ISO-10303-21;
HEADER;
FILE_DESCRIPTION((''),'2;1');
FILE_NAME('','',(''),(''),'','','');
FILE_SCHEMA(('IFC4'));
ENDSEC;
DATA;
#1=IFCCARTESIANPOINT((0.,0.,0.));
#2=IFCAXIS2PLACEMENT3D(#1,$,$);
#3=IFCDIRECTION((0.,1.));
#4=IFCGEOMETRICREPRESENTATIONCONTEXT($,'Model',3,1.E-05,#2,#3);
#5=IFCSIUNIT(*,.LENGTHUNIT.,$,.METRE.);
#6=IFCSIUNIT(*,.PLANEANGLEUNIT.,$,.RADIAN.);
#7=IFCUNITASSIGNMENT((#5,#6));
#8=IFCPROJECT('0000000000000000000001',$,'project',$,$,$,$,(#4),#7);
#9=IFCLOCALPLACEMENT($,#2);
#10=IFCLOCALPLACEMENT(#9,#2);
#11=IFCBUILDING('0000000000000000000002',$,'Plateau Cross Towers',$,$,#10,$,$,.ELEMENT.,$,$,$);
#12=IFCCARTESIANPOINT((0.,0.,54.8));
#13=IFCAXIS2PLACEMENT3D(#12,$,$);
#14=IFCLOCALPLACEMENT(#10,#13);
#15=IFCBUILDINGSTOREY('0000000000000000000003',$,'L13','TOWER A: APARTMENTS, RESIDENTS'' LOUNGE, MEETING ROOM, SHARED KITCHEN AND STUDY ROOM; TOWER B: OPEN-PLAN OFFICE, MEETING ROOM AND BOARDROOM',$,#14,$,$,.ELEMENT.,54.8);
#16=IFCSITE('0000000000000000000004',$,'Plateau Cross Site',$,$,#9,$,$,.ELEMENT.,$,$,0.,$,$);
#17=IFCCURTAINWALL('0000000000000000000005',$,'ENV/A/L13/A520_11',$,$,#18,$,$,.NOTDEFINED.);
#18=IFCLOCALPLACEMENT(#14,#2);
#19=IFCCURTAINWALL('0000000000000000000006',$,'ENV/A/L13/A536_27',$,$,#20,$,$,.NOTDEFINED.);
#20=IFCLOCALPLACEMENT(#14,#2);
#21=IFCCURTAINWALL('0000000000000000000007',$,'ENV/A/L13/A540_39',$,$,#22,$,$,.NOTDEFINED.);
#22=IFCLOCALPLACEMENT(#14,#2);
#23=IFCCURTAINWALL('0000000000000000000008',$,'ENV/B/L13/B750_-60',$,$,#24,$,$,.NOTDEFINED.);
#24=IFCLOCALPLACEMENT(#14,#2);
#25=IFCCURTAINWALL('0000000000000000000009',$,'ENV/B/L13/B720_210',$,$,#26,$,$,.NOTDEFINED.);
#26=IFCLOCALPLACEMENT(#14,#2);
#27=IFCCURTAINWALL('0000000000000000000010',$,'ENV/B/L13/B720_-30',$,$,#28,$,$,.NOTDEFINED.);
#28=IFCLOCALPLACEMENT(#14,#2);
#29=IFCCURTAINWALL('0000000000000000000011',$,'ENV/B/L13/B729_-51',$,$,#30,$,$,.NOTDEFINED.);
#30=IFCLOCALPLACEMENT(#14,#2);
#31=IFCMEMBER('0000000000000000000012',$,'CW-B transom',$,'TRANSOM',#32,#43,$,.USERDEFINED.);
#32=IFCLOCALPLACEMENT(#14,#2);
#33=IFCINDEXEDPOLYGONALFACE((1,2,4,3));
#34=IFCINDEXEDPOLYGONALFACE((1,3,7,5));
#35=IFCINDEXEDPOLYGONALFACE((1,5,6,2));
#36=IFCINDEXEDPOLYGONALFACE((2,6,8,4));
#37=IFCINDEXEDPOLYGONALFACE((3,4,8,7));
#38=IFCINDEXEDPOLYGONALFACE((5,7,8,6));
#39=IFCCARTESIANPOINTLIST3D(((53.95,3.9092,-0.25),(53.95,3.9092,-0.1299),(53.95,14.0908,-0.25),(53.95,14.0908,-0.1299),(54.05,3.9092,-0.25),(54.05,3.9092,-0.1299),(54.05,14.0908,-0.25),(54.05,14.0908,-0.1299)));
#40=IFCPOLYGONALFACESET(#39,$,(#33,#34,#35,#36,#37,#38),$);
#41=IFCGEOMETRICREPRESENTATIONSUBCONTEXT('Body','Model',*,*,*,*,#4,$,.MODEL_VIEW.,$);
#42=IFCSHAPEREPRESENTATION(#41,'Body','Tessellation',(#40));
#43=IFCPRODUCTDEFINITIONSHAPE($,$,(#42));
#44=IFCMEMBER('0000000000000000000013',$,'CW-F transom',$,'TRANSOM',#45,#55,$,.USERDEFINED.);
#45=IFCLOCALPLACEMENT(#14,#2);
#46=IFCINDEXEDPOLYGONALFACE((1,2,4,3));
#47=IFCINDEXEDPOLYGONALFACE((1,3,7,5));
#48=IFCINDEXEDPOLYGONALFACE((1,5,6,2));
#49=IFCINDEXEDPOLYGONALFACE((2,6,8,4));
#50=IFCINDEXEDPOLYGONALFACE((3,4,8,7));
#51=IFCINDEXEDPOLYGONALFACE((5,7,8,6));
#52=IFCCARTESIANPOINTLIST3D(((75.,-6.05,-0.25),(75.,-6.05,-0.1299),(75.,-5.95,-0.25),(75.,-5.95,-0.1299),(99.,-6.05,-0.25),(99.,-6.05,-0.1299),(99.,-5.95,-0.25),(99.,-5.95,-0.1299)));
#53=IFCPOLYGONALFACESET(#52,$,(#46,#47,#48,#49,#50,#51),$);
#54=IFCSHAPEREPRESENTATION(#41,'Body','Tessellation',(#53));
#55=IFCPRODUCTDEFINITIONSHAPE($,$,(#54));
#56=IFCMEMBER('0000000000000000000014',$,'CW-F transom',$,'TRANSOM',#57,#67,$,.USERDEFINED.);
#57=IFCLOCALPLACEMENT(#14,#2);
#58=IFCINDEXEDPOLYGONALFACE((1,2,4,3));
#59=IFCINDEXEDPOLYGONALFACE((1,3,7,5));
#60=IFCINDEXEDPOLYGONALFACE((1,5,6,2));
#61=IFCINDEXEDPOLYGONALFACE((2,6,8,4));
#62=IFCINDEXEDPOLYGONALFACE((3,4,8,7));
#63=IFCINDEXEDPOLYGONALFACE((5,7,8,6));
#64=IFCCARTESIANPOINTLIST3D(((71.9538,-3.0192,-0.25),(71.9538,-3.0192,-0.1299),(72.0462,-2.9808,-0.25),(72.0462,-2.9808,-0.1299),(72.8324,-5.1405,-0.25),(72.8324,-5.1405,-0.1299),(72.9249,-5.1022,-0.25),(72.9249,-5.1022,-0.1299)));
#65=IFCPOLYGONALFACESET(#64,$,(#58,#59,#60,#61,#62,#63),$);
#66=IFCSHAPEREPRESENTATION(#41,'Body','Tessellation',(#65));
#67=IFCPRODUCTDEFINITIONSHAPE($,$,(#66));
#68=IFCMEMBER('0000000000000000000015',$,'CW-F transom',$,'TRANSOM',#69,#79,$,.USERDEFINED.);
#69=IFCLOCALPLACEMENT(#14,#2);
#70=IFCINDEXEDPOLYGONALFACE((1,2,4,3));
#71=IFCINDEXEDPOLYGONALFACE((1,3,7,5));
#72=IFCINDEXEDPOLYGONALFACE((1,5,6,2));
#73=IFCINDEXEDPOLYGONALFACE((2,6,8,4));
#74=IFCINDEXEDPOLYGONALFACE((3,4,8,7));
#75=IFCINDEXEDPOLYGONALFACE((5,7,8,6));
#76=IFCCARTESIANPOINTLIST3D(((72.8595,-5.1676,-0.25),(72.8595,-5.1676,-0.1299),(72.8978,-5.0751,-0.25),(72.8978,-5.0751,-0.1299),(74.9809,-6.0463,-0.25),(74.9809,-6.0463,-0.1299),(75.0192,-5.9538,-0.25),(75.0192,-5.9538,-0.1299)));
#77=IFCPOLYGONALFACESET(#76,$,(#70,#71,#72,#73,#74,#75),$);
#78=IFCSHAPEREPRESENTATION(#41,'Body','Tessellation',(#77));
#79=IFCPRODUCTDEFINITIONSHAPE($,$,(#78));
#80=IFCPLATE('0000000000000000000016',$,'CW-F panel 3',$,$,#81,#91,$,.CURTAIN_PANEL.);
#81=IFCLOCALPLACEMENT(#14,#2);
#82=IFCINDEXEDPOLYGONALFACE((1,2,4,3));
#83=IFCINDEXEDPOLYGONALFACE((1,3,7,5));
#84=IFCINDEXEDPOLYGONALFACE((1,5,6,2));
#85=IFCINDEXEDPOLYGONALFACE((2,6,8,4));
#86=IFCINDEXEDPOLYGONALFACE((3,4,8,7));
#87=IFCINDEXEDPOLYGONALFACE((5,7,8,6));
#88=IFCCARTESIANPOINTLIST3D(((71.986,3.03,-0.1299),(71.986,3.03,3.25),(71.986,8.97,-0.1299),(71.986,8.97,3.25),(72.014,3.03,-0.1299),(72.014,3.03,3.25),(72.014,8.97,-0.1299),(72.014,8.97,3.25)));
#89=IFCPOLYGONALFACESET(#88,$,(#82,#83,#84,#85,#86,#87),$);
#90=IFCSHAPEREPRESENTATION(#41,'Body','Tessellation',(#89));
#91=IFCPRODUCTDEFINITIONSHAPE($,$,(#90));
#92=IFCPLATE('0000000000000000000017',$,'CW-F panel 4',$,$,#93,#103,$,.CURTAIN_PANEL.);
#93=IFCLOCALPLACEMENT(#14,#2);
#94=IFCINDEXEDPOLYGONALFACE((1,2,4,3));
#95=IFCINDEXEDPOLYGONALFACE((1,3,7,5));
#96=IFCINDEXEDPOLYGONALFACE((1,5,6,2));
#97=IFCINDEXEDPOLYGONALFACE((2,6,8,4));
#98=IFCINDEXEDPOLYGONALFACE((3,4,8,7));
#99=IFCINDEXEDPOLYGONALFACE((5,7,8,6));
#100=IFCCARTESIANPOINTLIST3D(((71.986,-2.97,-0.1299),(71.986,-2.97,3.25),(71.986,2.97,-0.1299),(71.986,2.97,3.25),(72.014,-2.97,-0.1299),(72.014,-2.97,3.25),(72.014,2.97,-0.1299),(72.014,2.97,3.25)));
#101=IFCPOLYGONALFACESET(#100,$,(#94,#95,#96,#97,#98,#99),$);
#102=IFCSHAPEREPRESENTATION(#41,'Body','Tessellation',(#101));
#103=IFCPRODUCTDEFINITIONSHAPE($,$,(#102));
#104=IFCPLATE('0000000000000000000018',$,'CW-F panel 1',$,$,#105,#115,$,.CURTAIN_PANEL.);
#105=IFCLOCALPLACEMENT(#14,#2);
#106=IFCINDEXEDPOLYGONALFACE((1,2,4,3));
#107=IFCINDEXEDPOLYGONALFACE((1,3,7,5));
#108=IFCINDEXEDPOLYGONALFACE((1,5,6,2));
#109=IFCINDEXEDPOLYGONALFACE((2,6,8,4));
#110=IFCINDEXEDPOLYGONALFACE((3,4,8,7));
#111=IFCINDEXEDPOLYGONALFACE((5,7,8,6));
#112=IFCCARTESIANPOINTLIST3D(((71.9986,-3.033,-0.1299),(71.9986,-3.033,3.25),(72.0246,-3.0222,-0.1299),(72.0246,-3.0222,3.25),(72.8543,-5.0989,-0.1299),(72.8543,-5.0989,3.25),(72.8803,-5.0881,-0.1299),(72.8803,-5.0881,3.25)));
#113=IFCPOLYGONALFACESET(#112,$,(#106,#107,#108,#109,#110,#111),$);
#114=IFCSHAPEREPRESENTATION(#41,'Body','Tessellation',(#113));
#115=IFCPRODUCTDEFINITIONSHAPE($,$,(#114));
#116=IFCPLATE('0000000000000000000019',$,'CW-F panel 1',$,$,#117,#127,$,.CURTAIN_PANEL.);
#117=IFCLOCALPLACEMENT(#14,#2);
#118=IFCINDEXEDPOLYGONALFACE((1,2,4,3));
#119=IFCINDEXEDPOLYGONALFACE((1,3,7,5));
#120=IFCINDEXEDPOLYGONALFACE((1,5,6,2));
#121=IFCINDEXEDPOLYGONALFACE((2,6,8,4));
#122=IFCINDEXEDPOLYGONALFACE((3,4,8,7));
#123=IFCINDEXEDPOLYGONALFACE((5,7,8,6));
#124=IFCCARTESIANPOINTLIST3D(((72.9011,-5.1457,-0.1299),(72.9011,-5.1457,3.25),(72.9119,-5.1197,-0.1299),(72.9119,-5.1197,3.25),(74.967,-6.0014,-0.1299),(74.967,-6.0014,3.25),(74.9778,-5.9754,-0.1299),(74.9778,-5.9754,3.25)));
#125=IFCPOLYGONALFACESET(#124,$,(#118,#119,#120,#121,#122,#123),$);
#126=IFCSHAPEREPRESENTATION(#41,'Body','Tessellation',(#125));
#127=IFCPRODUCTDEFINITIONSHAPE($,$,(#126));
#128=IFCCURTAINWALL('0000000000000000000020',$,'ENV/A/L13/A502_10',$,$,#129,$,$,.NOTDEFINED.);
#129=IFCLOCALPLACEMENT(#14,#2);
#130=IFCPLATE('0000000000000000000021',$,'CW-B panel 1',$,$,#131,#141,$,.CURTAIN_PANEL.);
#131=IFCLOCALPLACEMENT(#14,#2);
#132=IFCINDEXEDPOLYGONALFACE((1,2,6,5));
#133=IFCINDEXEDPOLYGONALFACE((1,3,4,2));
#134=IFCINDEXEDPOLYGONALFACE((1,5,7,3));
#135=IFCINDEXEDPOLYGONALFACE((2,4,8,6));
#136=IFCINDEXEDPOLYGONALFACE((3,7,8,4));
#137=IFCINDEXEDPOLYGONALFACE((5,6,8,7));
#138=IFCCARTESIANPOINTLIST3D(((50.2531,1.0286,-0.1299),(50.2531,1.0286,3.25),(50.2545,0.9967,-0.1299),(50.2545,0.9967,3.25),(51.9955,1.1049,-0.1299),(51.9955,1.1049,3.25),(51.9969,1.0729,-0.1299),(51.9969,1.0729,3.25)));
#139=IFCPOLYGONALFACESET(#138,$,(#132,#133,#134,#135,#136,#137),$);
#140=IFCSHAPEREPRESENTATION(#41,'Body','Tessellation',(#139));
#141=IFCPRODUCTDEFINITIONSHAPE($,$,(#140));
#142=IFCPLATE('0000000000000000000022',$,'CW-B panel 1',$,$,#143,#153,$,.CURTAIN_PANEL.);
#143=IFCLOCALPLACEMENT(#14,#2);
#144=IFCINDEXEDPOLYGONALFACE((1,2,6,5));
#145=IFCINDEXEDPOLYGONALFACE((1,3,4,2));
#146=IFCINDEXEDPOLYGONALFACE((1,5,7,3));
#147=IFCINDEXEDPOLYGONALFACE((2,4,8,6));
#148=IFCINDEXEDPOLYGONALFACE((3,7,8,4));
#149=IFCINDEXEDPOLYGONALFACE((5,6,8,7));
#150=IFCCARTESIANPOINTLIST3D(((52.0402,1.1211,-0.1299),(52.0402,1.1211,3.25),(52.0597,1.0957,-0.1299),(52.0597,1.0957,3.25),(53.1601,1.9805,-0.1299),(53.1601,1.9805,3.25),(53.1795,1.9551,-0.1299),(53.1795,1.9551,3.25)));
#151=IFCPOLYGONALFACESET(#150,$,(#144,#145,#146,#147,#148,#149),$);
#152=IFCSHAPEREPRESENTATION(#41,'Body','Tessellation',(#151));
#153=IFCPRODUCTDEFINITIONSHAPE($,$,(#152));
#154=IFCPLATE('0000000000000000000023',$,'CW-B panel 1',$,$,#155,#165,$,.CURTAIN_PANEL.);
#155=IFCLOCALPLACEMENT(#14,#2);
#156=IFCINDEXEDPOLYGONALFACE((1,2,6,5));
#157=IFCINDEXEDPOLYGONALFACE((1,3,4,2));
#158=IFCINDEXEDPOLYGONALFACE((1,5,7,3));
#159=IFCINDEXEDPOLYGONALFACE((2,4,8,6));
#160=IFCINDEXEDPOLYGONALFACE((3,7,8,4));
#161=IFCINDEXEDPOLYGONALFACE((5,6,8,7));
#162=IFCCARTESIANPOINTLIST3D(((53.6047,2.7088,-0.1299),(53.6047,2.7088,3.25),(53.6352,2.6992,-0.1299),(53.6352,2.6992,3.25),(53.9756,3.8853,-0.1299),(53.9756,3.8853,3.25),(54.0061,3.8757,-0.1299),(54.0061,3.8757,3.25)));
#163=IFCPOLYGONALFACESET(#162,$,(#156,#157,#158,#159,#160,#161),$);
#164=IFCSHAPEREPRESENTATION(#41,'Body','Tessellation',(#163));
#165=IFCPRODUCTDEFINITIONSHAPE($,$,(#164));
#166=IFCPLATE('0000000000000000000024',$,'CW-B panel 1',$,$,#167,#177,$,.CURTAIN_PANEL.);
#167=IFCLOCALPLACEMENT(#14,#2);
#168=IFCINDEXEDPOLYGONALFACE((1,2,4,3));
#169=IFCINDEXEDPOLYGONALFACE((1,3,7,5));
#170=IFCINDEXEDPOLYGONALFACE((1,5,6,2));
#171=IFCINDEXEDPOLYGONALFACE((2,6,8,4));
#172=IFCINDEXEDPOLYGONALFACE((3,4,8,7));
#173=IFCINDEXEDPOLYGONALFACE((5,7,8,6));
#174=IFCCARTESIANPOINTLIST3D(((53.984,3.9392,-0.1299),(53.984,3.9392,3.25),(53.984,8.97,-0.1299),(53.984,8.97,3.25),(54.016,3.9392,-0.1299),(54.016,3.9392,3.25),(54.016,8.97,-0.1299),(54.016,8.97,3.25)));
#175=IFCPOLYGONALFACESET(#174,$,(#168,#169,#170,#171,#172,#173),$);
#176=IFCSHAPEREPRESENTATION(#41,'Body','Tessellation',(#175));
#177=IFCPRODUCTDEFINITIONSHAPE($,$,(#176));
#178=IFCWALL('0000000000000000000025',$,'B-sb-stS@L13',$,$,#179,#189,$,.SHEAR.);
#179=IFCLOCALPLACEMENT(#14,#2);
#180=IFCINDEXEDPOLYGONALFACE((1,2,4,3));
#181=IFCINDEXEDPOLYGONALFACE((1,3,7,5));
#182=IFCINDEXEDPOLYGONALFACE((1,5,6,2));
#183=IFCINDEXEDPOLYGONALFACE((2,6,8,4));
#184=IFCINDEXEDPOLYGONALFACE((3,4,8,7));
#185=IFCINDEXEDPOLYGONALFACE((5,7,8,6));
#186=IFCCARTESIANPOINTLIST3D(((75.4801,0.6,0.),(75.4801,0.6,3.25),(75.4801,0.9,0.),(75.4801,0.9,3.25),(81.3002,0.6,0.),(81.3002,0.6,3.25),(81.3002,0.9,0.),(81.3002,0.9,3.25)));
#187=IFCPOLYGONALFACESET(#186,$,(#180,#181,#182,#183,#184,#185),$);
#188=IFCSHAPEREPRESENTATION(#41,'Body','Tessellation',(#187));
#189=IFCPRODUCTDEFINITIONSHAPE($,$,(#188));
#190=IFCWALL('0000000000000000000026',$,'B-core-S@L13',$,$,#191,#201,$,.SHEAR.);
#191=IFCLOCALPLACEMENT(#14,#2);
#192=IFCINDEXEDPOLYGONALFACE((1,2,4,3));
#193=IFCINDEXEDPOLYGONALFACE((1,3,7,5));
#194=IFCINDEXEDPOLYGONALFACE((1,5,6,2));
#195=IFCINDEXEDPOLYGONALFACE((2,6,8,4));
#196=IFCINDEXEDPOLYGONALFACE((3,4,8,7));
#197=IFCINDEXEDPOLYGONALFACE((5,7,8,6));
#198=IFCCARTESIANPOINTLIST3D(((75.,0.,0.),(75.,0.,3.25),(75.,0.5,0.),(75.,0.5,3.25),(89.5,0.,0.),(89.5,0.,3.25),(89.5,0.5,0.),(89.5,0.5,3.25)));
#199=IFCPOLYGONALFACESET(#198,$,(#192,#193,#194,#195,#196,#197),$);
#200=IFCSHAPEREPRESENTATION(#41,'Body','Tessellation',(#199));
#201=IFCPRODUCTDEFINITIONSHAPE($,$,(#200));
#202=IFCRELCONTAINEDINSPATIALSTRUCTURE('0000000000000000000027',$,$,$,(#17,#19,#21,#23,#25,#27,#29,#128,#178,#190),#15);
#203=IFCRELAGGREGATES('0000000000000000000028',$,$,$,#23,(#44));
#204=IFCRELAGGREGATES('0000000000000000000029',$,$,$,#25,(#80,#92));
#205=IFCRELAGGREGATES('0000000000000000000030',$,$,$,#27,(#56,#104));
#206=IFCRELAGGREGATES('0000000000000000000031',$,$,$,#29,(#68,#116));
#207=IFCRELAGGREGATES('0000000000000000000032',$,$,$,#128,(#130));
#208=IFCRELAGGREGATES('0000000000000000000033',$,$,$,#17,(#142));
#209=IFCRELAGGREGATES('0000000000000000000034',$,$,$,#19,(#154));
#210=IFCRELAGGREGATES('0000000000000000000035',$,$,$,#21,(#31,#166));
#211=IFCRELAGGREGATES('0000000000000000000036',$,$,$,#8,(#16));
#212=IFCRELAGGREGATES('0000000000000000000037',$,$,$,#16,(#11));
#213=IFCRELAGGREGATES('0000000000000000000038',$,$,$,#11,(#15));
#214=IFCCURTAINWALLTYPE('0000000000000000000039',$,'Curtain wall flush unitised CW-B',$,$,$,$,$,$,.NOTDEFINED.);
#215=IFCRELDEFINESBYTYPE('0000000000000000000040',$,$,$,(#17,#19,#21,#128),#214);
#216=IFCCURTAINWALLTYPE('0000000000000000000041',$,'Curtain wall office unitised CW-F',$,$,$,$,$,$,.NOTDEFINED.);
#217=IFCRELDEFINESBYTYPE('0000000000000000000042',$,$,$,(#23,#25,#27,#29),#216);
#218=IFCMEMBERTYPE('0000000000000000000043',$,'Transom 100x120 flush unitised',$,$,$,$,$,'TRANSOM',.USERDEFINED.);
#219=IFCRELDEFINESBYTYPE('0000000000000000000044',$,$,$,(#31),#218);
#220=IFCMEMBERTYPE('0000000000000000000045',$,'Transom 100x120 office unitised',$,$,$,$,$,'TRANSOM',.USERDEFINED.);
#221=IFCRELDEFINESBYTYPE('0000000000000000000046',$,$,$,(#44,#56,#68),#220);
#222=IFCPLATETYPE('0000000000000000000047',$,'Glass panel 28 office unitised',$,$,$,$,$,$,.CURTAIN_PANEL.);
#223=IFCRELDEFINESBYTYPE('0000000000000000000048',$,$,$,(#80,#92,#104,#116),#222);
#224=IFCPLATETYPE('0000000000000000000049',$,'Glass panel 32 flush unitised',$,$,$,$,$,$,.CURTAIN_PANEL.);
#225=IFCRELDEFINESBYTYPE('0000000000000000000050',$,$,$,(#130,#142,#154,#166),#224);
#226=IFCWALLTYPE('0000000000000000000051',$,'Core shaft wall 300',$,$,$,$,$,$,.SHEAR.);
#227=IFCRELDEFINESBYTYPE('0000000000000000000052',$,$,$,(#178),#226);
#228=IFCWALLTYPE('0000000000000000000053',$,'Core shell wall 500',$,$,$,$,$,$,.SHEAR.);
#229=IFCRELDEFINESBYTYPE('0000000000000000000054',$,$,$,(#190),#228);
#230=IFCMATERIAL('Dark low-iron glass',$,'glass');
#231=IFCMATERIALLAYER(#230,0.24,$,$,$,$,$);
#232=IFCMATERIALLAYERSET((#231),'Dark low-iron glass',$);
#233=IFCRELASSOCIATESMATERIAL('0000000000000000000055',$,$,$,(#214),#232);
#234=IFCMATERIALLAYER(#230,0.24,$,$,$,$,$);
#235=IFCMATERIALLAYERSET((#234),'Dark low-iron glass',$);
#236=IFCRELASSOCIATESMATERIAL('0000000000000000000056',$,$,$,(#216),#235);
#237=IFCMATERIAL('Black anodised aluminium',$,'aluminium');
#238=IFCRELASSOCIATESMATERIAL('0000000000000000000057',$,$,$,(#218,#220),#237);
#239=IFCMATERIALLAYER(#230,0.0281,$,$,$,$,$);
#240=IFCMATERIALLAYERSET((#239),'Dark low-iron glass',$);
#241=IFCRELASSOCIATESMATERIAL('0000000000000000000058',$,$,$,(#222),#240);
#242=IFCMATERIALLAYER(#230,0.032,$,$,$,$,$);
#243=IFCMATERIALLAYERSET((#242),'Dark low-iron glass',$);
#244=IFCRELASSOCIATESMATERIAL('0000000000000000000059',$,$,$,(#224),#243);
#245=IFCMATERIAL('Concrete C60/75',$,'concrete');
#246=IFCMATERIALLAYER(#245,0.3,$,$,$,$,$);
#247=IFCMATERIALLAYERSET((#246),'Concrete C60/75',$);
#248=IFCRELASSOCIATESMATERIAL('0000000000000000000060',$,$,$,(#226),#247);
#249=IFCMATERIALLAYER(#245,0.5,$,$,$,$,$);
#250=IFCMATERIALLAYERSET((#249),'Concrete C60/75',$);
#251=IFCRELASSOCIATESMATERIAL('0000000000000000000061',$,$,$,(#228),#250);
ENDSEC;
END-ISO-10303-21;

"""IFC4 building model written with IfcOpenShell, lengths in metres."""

from ifc_helpers import new_model, si_unit, direction, frame, frame_2d, origin, origin_2d, place, context, subcontext, project, spatial, rectangle, extrude, material, layer, layer_set, material_profile, profile_set, type_object, element, aggregate, save


model = new_model("IFC4")

# Units and contexts
model_context = context("Model", 3, precision=1e-05, world=origin(), true_north=direction((0.0, 1.0)))
body_context = subcontext(model_context, "Body", "Model", "MODEL_VIEW")
ifc_project = project(units=[si_unit("LENGTHUNIT", "METRE"), si_unit("PLANEANGLEUNIT", "RADIAN")], contexts=[model_context])

# Site, building, storey
site_placement = place(None, origin())
site = spatial("IfcSite", under=ifc_project, at=site_placement, Name="Plateau Cross Site", CompositionType="ELEMENT", RefElevation=0.0)
building_placement = place(site_placement, origin())
building = spatial("IfcBuilding", under=site, at=building_placement, Name="Plateau Cross Towers", CompositionType="ELEMENT")
storey_placement = place(building_placement, frame((0.0, 0.0, 54.8)))
storey = spatial("IfcBuildingStorey", under=building, at=storey_placement, Name="L13", Description="TOWER A: APARTMENTS, RESIDENTS' LOUNGE, MEETING ROOM, SHARED KITCHEN AND STUDY ROOM; TOWER B: OPEN-PLAN OFFICE, MEETING ROOM AND BOARDROOM", CompositionType="ELEMENT", Elevation=54.8)

# Shared definitions
ifc_material_1 = material(Name="Concrete C60/75", Category="concrete")

# Curtain wall
ifc_material_2 = material(Name="Dark low-iron glass", Category="glass")
ifc_layer_1 = layer(ifc_material_2, 0.24)
ifc_layer_set_1 = layer_set([ifc_layer_1], Name="Dark low-iron glass")
curtain_wall_type_1 = type_object("IfcCurtainWallType", Name="Curtain wall flush unitised CW-B", PredefinedType="NOTDEFINED", material=ifc_layer_set_1)
curtain_wall_1_placement = place(storey_placement, origin())
curtain_wall_1 = element("IfcCurtainWall", 1, at=curtain_wall_1_placement, inside=storey, type_object=curtain_wall_type_1, Name="ENV/A/L13/A520_11", PredefinedType="NOTDEFINED")
ifc_material_3 = material(Name="Black anodised aluminium", Category="aluminium")

# Curtain walls
curtain_wall_2_placement = place(storey_placement, origin())
curtain_wall_2 = element("IfcCurtainWall", 2, at=curtain_wall_2_placement, inside=storey, type_object=curtain_wall_type_1, Name="ENV/A/L13/A536_27", PredefinedType="NOTDEFINED")
curtain_wall_3_placement = place(storey_placement, origin())
curtain_wall_3 = element("IfcCurtainWall", 3, at=curtain_wall_3_placement, inside=storey, type_object=curtain_wall_type_1, Name="ENV/A/L13/A540_39", PredefinedType="NOTDEFINED")
ifc_layer_2 = layer(ifc_material_2, 0.24)
ifc_layer_set_2 = layer_set([ifc_layer_2], Name="Dark low-iron glass")
curtain_wall_type_2 = type_object("IfcCurtainWallType", Name="Curtain wall office unitised CW-F", PredefinedType="NOTDEFINED", material=ifc_layer_set_2)
curtain_wall_4_placement = place(storey_placement, origin())
curtain_wall_4 = element("IfcCurtainWall", 4, at=curtain_wall_4_placement, inside=storey, type_object=curtain_wall_type_2, Name="ENV/B/L13/B750_-60", PredefinedType="NOTDEFINED")
curtain_wall_5_placement = place(storey_placement, origin())
curtain_wall_5 = element("IfcCurtainWall", 5, at=curtain_wall_5_placement, inside=storey, type_object=curtain_wall_type_2, Name="ENV/B/L13/B720_210", PredefinedType="NOTDEFINED")
curtain_wall_6_placement = place(storey_placement, origin())
curtain_wall_6 = element("IfcCurtainWall", 6, at=curtain_wall_6_placement, inside=storey, type_object=curtain_wall_type_2, Name="ENV/B/L13/B720_-30", PredefinedType="NOTDEFINED")
curtain_wall_7_placement = place(storey_placement, origin())
curtain_wall_7 = element("IfcCurtainWall", 7, at=curtain_wall_7_placement, inside=storey, type_object=curtain_wall_type_2, Name="ENV/B/L13/B729_-51", PredefinedType="NOTDEFINED")

# Members
ifc_material_profile_1 = material_profile(ifc_material_3, rectangle(XDim=0.1001, YDim=0.1201, at=origin_2d()), Name="TRANSOM 100x120")
ifc_profile_set_1 = profile_set([ifc_material_profile_1], Name="Black anodised aluminium")
member_type_1 = type_object("IfcMemberType", Name="Transom 100x120 flush unitised", ElementType="TRANSOM", PredefinedType="USERDEFINED", material=ifc_profile_set_1)
member_1_placement = place(storey_placement, frame((54.0, 3.9092, -0.1899), z_axis=(0.0, 1.0, 0.0), x_axis=(-1.0, 0.0, 0.0)))
member_1 = element("IfcMember", 8, at=member_1_placement, type_object=member_type_1, Name="CW-B transom", ObjectType="TRANSOM", PredefinedType="USERDEFINED", context=body_context, shape_type="SweptSolid", body=[
    extrude(rectangle(XDim=0.1001, YDim=0.1201, at=origin_2d()), origin(), (0.0, 0.0, 1.0), 10.1816),
])
ifc_material_profile_2 = material_profile(ifc_material_3, rectangle(XDim=0.1001, YDim=0.1201, at=origin_2d()), Name="TRANSOM 100x120")
ifc_profile_set_2 = profile_set([ifc_material_profile_2], Name="Black anodised aluminium")
member_type_2 = type_object("IfcMemberType", Name="Transom 100x120 office unitised", ElementType="TRANSOM", PredefinedType="USERDEFINED", material=ifc_profile_set_2)
member_2_placement = place(storey_placement, frame((75.0, -6.0, -0.1899), z_axis=(1.0, 0.0, 0.0), x_axis=(0.0, 1.0, 0.0)))
member_2 = element("IfcMember", 9, at=member_2_placement, type_object=member_type_2, Name="CW-F transom", ObjectType="TRANSOM", PredefinedType="USERDEFINED", context=body_context, shape_type="SweptSolid", body=[
    extrude(rectangle(XDim=0.1001, YDim=0.1201, at=origin_2d()), origin(), (0.0, 0.0, 1.0), 24.0),
])
aggregate(curtain_wall_4, [member_2])
member_3_placement = place(storey_placement, frame((72.0, -3.0, -0.1899), z_axis=(0.382674, -0.923883, 0.0), x_axis=(0.923883, 0.382674, 0.0)))
member_3 = element("IfcMember", 10, at=member_3_placement, type_object=member_type_2, Name="CW-F transom", ObjectType="TRANSOM", PredefinedType="USERDEFINED", context=body_context, shape_type="SweptSolid", body=[
    extrude(rectangle(XDim=0.1001, YDim=0.1201, at=origin_2d()), origin(), (0.0, 0.0, 1.0), 2.2961),
])
member_4_placement = place(storey_placement, frame((72.8787, -5.1213, -0.1899), z_axis=(0.923883, -0.382674, 0.0), x_axis=(0.382674, 0.923883, 0.0)))
member_4 = element("IfcMember", 11, at=member_4_placement, type_object=member_type_2, Name="CW-F transom", ObjectType="TRANSOM", PredefinedType="USERDEFINED", context=body_context, shape_type="SweptSolid", body=[
    extrude(rectangle(XDim=0.1001, YDim=0.1201, at=origin_2d()), origin(), (0.0, 0.0, 1.0), 2.2961),
])

# Plates
ifc_layer_3 = layer(ifc_material_2, 0.0281)
ifc_layer_set_3 = layer_set([ifc_layer_3], Name="Dark low-iron glass")
plate_type_1 = type_object("IfcPlateType", Name="Glass panel 28 office unitised", PredefinedType="CURTAIN_PANEL", material=ifc_layer_set_3)
plate_1_placement = place(storey_placement, frame((72.0, 6.0, -0.1299), z_axis=(0.0, 0.0, 1.0), x_axis=(0.0, -1.0, 0.0)))
plate_1 = element("IfcPlate", 12, at=plate_1_placement, type_object=plate_type_1, Name="CW-F panel 3", PredefinedType="CURTAIN_PANEL", context=body_context, shape_type="SweptSolid", body=[
    extrude(rectangle(XDim=5.9399, YDim=0.0281, at=origin_2d()), origin(), (0.0, 0.0, 1.0), 3.3799),
])
plate_2_placement = place(storey_placement, frame((72.0, 0.0, -0.1299), z_axis=(0.0, 0.0, 1.0), x_axis=(0.0, -1.0, 0.0)))
plate_2 = element("IfcPlate", 13, at=plate_2_placement, type_object=plate_type_1, Name="CW-F panel 4", PredefinedType="CURTAIN_PANEL", context=body_context, shape_type="SweptSolid", body=[
    extrude(rectangle(XDim=5.9399, YDim=0.0281, at=origin_2d()), origin(), (0.0, 0.0, 1.0), 3.3799),
])
aggregate(curtain_wall_5, [plate_1, plate_2])
plate_3_placement = place(storey_placement, frame((72.4395, -4.0605, -0.1299), z_axis=(0.0, 0.0, 1.0), x_axis=(0.382684, -0.923879, 0.0)))
plate_3 = element("IfcPlate", 14, at=plate_3_placement, type_object=plate_type_1, Name="CW-F panel 1", PredefinedType="CURTAIN_PANEL", context=body_context, shape_type="SweptSolid", body=[
    extrude(rectangle(XDim=2.2361, YDim=0.0281, at=origin_2d()), origin(), (0.0, 0.0, 1.0), 3.3799),
])
aggregate(curtain_wall_6, [member_3, plate_3])
plate_4_placement = place(storey_placement, frame((73.9395, -5.5605, -0.1299), z_axis=(0.0, 0.0, 1.0), x_axis=(0.923879, -0.382684, 0.0)))
plate_4 = element("IfcPlate", 15, at=plate_4_placement, type_object=plate_type_1, Name="CW-F panel 1", PredefinedType="CURTAIN_PANEL", context=body_context, shape_type="SweptSolid", body=[
    extrude(rectangle(XDim=2.2361, YDim=0.0281, at=origin_2d()), origin(), (0.0, 0.0, 1.0), 3.3799),
])
aggregate(curtain_wall_7, [member_4, plate_4])

# Curtain wall, plate
curtain_wall_8_placement = place(storey_placement, origin())
curtain_wall_8 = element("IfcCurtainWall", 16, at=curtain_wall_8_placement, inside=storey, type_object=curtain_wall_type_1, Name="ENV/A/L13/A502_10", PredefinedType="NOTDEFINED")
ifc_layer_4 = layer(ifc_material_2, 0.032)
ifc_layer_set_4 = layer_set([ifc_layer_4], Name="Dark low-iron glass")
plate_type_2 = type_object("IfcPlateType", Name="Glass panel 32 flush unitised", PredefinedType="CURTAIN_PANEL", material=ifc_layer_set_4)
plate_5_placement = place(storey_placement, frame((51.125, 1.0508, -0.1299), z_axis=(0.0, 0.0, 1.0), x_axis=(0.999044, 0.043723, 0.0)))
plate_5 = element("IfcPlate", 17, at=plate_5_placement, type_object=plate_type_2, Name="CW-B panel 1", PredefinedType="CURTAIN_PANEL", context=body_context, shape_type="SweptSolid", body=[
    extrude(rectangle(XDim=1.7441, YDim=0.032, at=origin_2d()), origin(), (0.0, 0.0, 1.0), 3.3799),
])
aggregate(curtain_wall_8, [plate_5])

# Plates
plate_6_placement = place(storey_placement, frame((52.6099, 1.5381, -0.1299), z_axis=(0.0, 0.0, 1.0), x_axis=(0.793316, 0.608811, 0.0)))
plate_6 = element("IfcPlate", 18, at=plate_6_placement, type_object=plate_type_2, Name="CW-B panel 1", PredefinedType="CURTAIN_PANEL", context=body_context, shape_type="SweptSolid", body=[
    extrude(rectangle(XDim=1.4116, YDim=0.032, at=origin_2d()), origin(), (0.0, 0.0, 1.0), 3.3799),
])
aggregate(curtain_wall_1, [plate_6])
plate_7_placement = place(storey_placement, frame((53.8054, 3.2922, -0.1299), z_axis=(0.0, 0.0, 1.0), x_axis=(0.300686, 0.953723, 0.0)))
plate_7 = element("IfcPlate", 19, at=plate_7_placement, type_object=plate_type_2, Name="CW-B panel 1", PredefinedType="CURTAIN_PANEL", context=body_context, shape_type="SweptSolid", body=[
    extrude(rectangle(XDim=1.2336, YDim=0.032, at=origin_2d()), origin(), (0.0, 0.0, 1.0), 3.3799),
])
aggregate(curtain_wall_2, [plate_7])
plate_8_placement = place(storey_placement, frame((54.0, 6.4546, -0.1299), z_axis=(0.0, 0.0, 1.0), x_axis=(0.0, 1.0, 0.0)))
plate_8 = element("IfcPlate", 20, at=plate_8_placement, type_object=plate_type_2, Name="CW-B panel 1", PredefinedType="CURTAIN_PANEL", context=body_context, shape_type="SweptSolid", body=[
    extrude(rectangle(XDim=5.0308, YDim=0.032, at=origin_2d()), origin(), (0.0, 0.0, 1.0), 3.3799),
])
aggregate(curtain_wall_3, [member_1, plate_8])

# Walls
ifc_layer_5 = layer(ifc_material_1, 0.3)
ifc_layer_set_5 = layer_set([ifc_layer_5], Name="Concrete C60/75")
wall_type_1 = type_object("IfcWallType", Name="Core shaft wall 300", PredefinedType="SHEAR", material=ifc_layer_set_5)
wall_1_placement = place(storey_placement, frame((75.48, 0.75, 0.0), z_axis=(0.0, 0.0, 1.0), x_axis=(1.0, 0.0, 0.0)))
element("IfcWall", 21, at=wall_1_placement, inside=storey, type_object=wall_type_1, Name="B-sb-stS@L13", PredefinedType="SHEAR", context=body_context, shape_type="SweptSolid", body=[
    extrude(rectangle(XDim=5.8201, YDim=0.3, at=frame_2d((2.9102, 0.0))), origin(), (0.0, 0.0, 1.0), 3.25),
])
ifc_layer_6 = layer(ifc_material_1, 0.5)
ifc_layer_set_6 = layer_set([ifc_layer_6], Name="Concrete C60/75")
wall_type_2 = type_object("IfcWallType", Name="Core shell wall 500", PredefinedType="SHEAR", material=ifc_layer_set_6)
wall_2_placement = place(storey_placement, frame((75.0, 0.25, 0.0), z_axis=(0.0, 0.0, 1.0), x_axis=(1.0, 0.0, 0.0)))
element("IfcWall", 22, at=wall_2_placement, inside=storey, type_object=wall_type_2, Name="B-core-S@L13", PredefinedType="SHEAR", context=body_context, shape_type="SweptSolid", body=[
    extrude(rectangle(XDim=14.5, YDim=0.5, at=frame_2d((7.25, 0.0))), origin(), (0.0, 0.0, 1.0), 3.25),
])

save(model, "model.ifc")
